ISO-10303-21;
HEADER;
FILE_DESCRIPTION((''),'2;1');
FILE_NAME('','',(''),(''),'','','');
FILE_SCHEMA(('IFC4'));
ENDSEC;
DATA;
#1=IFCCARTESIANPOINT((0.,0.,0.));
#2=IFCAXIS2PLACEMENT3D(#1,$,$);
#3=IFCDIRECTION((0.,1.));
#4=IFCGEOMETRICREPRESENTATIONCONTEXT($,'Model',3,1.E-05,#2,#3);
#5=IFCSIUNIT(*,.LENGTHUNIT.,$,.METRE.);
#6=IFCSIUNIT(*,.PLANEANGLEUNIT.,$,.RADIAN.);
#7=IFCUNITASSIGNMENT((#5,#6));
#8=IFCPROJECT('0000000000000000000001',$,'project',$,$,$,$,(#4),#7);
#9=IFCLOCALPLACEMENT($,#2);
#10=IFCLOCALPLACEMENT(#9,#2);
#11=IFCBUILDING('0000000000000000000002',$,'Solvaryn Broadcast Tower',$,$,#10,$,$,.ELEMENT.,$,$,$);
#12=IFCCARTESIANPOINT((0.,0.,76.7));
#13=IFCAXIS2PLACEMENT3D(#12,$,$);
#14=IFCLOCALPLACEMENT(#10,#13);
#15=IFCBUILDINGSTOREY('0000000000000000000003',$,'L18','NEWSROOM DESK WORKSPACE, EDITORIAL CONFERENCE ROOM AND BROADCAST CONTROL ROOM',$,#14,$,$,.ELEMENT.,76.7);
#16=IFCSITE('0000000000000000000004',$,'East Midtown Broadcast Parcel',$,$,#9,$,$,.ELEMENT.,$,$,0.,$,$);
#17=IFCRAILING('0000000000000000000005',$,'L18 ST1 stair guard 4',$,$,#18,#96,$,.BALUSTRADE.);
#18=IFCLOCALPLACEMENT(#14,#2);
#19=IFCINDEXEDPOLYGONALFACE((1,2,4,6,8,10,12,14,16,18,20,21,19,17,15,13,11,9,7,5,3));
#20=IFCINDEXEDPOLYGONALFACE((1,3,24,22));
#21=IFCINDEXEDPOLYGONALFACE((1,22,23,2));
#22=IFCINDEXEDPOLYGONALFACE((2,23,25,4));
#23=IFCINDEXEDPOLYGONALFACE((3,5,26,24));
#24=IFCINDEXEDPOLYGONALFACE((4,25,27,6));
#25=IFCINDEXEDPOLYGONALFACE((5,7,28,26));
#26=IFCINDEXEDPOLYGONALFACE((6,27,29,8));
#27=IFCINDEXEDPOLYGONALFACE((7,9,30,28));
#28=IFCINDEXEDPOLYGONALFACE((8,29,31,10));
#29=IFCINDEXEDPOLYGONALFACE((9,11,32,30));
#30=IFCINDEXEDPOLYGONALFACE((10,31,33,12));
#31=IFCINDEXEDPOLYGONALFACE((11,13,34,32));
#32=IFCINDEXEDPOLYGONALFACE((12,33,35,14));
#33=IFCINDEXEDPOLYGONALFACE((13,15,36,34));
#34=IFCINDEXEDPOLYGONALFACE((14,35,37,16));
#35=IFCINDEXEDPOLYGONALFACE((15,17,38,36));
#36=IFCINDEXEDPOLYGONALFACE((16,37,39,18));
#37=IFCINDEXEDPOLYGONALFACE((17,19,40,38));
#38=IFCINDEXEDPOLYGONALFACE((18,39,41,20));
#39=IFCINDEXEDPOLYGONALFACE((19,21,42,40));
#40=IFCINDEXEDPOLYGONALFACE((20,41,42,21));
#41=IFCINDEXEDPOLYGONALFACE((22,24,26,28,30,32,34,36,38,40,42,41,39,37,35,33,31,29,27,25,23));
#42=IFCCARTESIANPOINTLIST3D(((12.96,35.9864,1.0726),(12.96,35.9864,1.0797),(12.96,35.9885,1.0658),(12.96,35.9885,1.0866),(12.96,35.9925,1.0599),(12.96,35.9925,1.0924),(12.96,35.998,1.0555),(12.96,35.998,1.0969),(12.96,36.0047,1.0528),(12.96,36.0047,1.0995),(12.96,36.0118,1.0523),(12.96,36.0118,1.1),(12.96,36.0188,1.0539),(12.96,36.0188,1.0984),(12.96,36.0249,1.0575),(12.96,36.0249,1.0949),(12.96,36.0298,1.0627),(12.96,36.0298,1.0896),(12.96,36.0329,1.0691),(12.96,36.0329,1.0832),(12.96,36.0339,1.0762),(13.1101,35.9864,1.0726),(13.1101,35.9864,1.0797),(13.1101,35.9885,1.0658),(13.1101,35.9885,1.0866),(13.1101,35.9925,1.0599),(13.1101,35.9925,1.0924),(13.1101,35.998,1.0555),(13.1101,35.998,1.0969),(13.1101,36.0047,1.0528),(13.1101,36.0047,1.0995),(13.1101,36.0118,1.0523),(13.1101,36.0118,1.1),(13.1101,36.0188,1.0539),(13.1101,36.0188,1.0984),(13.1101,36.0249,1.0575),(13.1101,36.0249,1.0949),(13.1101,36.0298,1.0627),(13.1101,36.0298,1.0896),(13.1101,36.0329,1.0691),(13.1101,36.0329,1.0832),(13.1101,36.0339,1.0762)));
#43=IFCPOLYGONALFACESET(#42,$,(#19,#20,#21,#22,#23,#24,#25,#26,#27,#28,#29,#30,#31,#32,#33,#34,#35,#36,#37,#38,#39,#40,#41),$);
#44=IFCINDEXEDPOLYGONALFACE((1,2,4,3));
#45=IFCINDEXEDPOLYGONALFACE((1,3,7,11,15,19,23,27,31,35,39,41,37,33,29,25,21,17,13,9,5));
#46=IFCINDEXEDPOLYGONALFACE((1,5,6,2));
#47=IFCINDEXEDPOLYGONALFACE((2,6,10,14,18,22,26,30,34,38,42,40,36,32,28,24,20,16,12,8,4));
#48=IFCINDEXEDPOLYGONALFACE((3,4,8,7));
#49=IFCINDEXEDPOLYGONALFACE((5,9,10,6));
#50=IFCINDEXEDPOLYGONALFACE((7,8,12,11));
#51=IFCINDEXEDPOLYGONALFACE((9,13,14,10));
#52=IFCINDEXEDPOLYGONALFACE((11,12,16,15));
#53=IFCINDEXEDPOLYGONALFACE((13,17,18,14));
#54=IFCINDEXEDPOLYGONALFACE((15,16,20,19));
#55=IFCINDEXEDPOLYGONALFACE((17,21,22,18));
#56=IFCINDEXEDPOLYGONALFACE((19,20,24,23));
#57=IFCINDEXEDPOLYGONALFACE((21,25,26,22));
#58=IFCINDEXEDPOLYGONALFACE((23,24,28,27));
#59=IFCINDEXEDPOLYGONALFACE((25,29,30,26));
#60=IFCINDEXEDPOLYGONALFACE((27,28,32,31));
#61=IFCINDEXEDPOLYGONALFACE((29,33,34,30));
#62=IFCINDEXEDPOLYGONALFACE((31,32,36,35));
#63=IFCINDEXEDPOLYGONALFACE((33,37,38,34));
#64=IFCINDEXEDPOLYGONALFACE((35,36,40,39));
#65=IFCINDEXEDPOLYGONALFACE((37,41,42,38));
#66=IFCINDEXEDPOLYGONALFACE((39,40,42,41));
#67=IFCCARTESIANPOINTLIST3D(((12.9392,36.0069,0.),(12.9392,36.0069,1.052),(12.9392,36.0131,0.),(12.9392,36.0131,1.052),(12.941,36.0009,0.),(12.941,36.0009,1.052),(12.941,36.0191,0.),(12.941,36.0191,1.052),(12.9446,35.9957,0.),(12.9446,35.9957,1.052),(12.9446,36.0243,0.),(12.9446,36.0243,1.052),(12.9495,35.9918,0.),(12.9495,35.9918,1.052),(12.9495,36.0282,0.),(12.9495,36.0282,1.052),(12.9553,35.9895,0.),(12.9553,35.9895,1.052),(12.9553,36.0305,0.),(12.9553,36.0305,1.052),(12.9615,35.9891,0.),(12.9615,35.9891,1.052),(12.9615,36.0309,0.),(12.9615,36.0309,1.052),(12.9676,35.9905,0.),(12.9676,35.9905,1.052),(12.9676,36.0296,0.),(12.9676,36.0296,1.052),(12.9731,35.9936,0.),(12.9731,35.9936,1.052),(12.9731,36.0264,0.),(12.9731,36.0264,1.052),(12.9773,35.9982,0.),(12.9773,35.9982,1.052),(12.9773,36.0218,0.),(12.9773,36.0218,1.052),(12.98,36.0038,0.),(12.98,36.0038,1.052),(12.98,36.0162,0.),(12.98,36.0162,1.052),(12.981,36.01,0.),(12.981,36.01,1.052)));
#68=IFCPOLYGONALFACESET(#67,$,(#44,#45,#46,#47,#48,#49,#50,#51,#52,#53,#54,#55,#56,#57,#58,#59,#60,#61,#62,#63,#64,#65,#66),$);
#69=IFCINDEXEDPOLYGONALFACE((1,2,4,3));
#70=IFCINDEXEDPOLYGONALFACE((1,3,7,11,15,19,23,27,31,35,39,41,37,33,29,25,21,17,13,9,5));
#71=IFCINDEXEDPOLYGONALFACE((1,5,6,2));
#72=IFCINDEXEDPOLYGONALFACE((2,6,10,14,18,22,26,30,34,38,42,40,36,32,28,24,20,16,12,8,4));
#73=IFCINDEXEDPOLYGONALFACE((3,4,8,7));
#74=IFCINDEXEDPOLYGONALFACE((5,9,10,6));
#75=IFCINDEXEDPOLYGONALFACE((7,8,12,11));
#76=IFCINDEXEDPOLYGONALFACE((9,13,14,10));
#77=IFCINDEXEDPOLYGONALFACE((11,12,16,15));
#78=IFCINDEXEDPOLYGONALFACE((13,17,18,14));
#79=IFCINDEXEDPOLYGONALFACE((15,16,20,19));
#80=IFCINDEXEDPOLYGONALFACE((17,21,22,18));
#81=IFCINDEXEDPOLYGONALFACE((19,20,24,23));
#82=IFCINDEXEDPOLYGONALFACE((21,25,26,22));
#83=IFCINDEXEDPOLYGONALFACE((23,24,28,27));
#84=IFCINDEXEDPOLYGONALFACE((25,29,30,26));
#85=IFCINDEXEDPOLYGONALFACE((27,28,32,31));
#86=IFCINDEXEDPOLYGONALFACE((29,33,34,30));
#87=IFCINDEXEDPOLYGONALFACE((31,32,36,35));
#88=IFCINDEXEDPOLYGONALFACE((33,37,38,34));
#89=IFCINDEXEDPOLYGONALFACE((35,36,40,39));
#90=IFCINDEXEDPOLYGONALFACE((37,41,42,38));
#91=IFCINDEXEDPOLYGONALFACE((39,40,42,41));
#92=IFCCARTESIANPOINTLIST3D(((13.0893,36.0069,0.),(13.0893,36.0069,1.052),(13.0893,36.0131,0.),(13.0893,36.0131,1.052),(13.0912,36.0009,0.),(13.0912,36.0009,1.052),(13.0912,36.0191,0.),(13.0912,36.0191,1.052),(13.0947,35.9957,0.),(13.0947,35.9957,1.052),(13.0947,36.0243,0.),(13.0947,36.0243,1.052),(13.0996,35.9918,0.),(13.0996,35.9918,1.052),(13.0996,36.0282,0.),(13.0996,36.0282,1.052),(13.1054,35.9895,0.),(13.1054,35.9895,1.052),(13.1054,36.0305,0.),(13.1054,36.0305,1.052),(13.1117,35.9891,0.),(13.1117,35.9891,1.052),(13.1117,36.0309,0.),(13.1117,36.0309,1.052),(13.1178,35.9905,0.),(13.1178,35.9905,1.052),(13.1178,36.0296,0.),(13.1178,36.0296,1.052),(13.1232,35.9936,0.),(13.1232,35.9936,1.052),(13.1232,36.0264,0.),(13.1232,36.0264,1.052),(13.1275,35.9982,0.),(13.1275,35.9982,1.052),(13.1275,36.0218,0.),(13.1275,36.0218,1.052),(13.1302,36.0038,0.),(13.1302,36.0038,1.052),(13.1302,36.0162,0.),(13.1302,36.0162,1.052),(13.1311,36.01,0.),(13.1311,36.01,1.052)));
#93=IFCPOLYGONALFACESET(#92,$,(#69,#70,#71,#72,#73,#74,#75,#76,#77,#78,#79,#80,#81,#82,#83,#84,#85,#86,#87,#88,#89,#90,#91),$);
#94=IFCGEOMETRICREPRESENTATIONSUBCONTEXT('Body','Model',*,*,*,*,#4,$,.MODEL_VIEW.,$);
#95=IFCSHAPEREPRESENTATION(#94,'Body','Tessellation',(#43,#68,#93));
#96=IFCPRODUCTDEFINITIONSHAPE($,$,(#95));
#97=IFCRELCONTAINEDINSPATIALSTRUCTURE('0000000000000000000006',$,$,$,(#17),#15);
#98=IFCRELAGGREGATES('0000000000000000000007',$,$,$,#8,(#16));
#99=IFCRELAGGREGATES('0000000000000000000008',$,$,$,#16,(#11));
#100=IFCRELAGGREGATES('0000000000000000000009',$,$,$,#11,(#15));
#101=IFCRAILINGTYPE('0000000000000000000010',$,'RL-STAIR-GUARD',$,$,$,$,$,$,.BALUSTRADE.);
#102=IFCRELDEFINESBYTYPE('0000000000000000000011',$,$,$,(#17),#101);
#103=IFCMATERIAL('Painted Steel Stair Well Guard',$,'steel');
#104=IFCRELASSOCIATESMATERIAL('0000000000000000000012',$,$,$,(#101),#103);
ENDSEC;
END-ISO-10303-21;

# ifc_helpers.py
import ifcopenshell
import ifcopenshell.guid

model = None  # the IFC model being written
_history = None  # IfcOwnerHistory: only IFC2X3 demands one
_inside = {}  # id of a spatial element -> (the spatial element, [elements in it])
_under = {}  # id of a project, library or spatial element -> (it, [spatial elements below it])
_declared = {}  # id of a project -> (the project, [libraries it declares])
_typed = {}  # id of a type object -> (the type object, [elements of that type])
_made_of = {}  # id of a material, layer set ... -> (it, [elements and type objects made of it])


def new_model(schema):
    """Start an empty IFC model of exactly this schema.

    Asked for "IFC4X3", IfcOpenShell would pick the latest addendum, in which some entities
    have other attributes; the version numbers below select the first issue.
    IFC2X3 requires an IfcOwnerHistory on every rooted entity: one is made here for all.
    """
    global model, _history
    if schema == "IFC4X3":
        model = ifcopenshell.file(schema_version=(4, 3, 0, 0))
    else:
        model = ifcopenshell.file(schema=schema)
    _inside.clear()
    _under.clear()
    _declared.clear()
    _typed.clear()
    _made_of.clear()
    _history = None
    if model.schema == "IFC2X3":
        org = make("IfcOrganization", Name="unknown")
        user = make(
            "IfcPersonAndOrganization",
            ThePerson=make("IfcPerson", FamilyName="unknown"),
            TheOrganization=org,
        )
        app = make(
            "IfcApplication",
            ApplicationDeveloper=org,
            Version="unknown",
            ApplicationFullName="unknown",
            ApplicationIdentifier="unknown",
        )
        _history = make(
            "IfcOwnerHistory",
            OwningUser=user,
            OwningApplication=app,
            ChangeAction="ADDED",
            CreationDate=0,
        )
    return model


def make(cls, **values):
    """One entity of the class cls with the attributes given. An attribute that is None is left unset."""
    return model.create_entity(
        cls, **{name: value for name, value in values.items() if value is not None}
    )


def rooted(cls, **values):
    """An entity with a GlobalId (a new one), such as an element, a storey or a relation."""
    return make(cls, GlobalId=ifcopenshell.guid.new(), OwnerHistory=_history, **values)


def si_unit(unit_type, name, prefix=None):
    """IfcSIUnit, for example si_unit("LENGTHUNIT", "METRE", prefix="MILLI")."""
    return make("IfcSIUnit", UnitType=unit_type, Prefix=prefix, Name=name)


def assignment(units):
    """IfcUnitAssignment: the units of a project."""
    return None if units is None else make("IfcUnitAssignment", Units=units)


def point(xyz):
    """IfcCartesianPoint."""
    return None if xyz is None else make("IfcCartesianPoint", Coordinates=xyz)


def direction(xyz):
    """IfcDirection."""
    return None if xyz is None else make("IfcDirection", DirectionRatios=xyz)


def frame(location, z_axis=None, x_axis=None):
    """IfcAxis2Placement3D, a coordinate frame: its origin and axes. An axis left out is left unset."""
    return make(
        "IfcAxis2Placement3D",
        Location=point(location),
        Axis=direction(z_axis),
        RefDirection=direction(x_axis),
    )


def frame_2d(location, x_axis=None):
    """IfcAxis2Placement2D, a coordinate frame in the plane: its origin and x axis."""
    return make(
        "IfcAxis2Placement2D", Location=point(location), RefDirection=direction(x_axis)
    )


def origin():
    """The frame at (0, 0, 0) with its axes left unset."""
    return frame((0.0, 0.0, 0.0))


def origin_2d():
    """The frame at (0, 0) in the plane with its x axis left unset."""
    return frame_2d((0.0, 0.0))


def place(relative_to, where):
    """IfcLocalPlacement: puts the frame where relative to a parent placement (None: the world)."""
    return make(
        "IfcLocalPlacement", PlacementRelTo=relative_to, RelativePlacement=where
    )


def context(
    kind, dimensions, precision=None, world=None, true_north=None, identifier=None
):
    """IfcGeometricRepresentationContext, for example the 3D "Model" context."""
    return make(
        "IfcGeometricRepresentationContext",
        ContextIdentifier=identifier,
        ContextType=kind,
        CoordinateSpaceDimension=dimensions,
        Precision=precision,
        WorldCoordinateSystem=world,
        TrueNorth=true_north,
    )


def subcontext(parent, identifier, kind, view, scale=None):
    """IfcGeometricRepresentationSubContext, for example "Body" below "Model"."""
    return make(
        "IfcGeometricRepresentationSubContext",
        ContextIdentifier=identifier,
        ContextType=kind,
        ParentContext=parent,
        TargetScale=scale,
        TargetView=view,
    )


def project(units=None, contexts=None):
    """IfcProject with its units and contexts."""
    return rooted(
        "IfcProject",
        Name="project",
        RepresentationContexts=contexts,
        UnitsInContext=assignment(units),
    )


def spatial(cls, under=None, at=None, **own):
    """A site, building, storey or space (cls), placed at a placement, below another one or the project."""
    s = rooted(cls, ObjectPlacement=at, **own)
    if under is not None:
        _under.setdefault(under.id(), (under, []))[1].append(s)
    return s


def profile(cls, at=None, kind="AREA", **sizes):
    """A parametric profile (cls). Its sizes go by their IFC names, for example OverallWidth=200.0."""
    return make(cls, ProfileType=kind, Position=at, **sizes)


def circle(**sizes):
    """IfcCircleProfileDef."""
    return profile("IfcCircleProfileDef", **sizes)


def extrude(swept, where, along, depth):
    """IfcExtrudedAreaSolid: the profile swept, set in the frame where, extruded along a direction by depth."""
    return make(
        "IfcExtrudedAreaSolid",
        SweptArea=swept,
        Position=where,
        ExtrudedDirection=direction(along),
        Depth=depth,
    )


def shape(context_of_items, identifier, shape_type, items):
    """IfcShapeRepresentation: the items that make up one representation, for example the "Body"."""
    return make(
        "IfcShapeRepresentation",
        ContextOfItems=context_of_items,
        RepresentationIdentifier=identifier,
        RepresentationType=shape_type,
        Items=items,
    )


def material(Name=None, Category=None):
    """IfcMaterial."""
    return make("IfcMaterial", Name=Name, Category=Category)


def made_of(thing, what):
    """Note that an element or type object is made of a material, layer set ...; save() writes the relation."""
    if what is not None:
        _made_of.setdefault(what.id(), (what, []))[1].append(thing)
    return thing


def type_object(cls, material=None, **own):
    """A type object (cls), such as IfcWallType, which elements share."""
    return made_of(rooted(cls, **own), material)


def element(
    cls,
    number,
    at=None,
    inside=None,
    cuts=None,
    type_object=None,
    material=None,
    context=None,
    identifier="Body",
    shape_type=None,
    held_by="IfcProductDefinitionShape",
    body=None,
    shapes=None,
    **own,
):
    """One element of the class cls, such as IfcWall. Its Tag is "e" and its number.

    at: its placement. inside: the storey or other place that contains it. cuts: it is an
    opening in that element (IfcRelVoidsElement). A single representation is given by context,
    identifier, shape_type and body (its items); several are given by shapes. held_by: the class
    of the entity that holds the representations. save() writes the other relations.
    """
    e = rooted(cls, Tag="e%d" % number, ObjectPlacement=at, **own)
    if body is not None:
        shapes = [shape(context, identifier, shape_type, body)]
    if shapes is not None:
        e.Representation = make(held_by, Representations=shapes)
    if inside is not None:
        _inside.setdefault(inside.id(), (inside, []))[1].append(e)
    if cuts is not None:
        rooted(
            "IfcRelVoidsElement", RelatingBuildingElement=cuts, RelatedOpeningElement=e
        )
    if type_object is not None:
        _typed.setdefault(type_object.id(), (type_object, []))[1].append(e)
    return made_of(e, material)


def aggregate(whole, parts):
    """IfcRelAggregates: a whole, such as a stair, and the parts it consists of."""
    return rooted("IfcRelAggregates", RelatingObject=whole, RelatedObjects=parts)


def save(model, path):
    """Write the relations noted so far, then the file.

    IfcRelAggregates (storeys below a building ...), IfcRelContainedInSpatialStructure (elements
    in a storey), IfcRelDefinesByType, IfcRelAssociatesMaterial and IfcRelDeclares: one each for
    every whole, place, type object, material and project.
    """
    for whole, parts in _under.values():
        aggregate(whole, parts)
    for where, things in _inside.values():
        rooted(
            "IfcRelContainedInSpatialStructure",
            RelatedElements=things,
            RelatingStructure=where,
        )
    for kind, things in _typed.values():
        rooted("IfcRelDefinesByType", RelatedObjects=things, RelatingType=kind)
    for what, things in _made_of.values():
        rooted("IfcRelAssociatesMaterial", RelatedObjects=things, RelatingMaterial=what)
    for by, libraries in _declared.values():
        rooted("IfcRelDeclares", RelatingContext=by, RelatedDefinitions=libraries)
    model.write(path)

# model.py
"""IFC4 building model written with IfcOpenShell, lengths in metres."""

from ifc_helpers import new_model, si_unit, direction, frame, origin, origin_2d, place, context, subcontext, project, spatial, circle, extrude, material, type_object, element, save


model = new_model("IFC4")

# Units and contexts
model_context = context("Model", 3, precision=1e-05, world=origin(), true_north=direction((0.0, 1.0)))
body_context = subcontext(model_context, "Body", "Model", "MODEL_VIEW")
ifc_project = project(units=[si_unit("LENGTHUNIT", "METRE"), si_unit("PLANEANGLEUNIT", "RADIAN")], contexts=[model_context])

# Site, building, storey
site_placement = place(None, origin())
site = spatial("IfcSite", under=ifc_project, at=site_placement, Name="East Midtown Broadcast Parcel", CompositionType="ELEMENT", RefElevation=0.0)
building_placement = place(site_placement, origin())
building = spatial("IfcBuilding", under=site, at=building_placement, Name="Solvaryn Broadcast Tower", CompositionType="ELEMENT")
storey_placement = place(building_placement, frame((0.0, 0.0, 76.7)))
storey = spatial("IfcBuildingStorey", under=building, at=storey_placement, Name="L18", Description="NEWSROOM DESK WORKSPACE, EDITORIAL CONFERENCE ROOM AND BROADCAST CONTROL ROOM", CompositionType="ELEMENT", Elevation=76.7)

# Railing
ifc_material_1 = material(Name="Painted Steel Stair Well Guard", Category="steel")
railing_type_1 = type_object("IfcRailingType", Name="RL-STAIR-GUARD", PredefinedType="BALUSTRADE", material=ifc_material_1)
railing_1_placement = place(storey_placement, frame((12.96, 36.01, 0.0)))
element("IfcRailing", 1, at=railing_1_placement, inside=storey, type_object=railing_type_1, Name="L18 ST1 stair guard 4", PredefinedType="BALUSTRADE", context=body_context, shape_type="SweptSolid", body=[
    extrude(circle(Radius=0.0239, at=origin_2d()), frame((0.0, 0.0, 1.0762), z_axis=(1.0, 0.0, 0.0), x_axis=(0.0, 1.0, 0.0)), (0.0, 0.0, 1.0), 0.1501),
    extrude(circle(Radius=0.021, at=origin_2d()), origin(), (0.0, 0.0, 1.0), 1.052),
    extrude(circle(Radius=0.021, at=origin_2d()), frame((0.1501, 0.0, 0.0)), (0.0, 0.0, 1.0), 1.052),
])

save(model, "model.ifc")
